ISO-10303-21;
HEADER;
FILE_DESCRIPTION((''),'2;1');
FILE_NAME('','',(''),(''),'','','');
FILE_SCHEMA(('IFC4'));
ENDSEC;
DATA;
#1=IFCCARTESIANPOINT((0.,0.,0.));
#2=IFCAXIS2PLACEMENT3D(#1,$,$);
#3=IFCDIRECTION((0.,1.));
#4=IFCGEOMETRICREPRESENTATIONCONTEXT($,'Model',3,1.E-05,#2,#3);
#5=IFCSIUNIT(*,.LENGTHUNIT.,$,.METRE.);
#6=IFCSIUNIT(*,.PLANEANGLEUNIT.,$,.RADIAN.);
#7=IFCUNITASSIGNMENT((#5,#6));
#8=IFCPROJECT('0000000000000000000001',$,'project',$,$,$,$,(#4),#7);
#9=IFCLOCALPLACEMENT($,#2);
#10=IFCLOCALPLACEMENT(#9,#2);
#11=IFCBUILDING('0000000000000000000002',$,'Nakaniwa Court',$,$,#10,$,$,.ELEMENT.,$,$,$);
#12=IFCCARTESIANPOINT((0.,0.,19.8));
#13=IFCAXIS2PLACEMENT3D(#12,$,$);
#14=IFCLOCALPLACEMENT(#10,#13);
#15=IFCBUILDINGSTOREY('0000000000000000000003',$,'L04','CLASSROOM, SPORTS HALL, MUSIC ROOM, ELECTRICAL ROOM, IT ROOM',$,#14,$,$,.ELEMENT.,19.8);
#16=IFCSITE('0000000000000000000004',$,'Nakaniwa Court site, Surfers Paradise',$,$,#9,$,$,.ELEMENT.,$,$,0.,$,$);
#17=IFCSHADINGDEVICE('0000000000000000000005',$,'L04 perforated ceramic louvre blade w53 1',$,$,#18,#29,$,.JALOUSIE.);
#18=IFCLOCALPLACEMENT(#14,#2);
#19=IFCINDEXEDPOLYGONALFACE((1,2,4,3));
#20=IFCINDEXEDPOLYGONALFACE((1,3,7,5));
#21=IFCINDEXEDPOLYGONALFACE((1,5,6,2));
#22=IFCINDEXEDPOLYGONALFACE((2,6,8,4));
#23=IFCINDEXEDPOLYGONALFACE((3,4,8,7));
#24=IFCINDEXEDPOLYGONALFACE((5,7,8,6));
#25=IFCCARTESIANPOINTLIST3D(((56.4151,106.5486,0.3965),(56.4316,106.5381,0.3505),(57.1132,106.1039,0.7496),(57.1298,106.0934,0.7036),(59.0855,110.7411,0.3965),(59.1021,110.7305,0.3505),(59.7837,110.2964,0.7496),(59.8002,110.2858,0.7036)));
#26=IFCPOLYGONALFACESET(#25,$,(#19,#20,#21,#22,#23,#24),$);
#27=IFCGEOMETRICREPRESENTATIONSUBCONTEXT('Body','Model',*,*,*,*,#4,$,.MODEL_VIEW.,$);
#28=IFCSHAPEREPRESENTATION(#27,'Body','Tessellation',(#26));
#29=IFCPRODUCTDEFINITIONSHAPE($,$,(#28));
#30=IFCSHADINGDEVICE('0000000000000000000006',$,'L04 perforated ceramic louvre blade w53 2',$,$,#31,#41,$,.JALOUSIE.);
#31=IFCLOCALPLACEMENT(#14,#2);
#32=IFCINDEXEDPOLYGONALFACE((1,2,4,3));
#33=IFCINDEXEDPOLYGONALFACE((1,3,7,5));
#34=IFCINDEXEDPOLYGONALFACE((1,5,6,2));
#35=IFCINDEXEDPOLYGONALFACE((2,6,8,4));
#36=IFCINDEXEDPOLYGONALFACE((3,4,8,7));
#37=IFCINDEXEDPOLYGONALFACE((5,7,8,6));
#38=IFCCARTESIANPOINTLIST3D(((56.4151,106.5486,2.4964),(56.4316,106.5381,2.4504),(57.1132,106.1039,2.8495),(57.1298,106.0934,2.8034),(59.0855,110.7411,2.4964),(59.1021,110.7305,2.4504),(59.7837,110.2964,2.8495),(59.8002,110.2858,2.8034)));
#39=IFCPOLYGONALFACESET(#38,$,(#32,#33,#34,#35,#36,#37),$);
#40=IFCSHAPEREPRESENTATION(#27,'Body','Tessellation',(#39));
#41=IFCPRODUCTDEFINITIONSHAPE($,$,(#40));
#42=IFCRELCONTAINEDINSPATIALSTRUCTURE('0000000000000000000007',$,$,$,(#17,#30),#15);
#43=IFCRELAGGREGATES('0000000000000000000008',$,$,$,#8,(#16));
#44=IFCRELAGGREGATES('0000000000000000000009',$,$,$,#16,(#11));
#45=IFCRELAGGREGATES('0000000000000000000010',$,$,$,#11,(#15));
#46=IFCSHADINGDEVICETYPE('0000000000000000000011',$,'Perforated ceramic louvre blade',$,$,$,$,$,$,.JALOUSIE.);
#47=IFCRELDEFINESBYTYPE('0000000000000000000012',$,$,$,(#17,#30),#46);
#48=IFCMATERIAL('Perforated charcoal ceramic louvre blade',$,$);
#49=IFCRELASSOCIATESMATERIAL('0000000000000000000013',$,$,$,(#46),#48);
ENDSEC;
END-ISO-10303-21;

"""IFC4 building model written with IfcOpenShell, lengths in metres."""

from ifc_helpers import new_model, si_unit, direction, frame, origin, origin_2d, place, context, subcontext, project, spatial, rectangle, extrude, material, material_profile, profile_set, type_object, element, save


model = new_model("IFC4")

# Units and contexts
model_context = context("Model", 3, precision=1e-05, world=origin(), true_north=direction((0.0, 1.0)))
body_context = subcontext(model_context, "Body", "Model", "MODEL_VIEW")
ifc_project = project(units=[si_unit("LENGTHUNIT", "METRE"), si_unit("PLANEANGLEUNIT", "RADIAN")], contexts=[model_context])

# Site, building, storey
site_placement = place(None, origin())
site = spatial("IfcSite", under=ifc_project, at=site_placement, Name="Nakaniwa Court site, Surfers Paradise", CompositionType="ELEMENT", RefElevation=0.0)
building_placement = place(site_placement, origin())
building = spatial("IfcBuilding", under=site, at=building_placement, Name="Nakaniwa Court", CompositionType="ELEMENT")
storey_placement = place(building_placement, frame((0.0, 0.0, 19.8)))
storey = spatial("IfcBuildingStorey", under=building, at=storey_placement, Name="L04", Description="CLASSROOM, SPORTS HALL, MUSIC ROOM, ELECTRICAL ROOM, IT ROOM", CompositionType="ELEMENT", Elevation=19.8)

# Shading devices
ifc_material_1 = material(Name="Perforated charcoal ceramic louvre blade")
ifc_material_profile_1 = material_profile(ifc_material_1, rectangle(XDim=0.8999, YDim=0.05, at=origin_2d()), Name="Perforated ceramic louvre blade")
ifc_profile_set_1 = profile_set([ifc_material_profile_1], Name="Perforated charcoal ceramic louvre blade")
shading_device_type = type_object("IfcShadingDeviceType", Name="Perforated ceramic louvre blade", PredefinedType="JALOUSIE", material=ifc_profile_set_1)
for number, where, z_axis, x_axis, name in (
    (1, (59.4429, 110.5134, 0.55), (-0.537238, -0.843431, 0.0), (0.775806, -0.494163, 0.392337), "L04 perforated ceramic louvre blade w53 1"),
    (2, (59.4429, 110.5134, 2.6499), (-0.537238, -0.843431, 0.0), (0.775806, -0.494163, 0.392337), "L04 perforated ceramic louvre blade w53 2"),
):
    element("IfcShadingDevice", number, at=place(storey_placement, frame(where, z_axis=z_axis, x_axis=x_axis)), inside=storey, type_object=shading_device_type, Name=name, PredefinedType="JALOUSIE", context=body_context, shape_type="SweptSolid", body=[
        extrude(rectangle(XDim=0.8999, YDim=0.05, at=origin_2d()), origin(), (0.0, 0.0, 1.0), 4.9707),
    ])

save(model, "model.ifc")
